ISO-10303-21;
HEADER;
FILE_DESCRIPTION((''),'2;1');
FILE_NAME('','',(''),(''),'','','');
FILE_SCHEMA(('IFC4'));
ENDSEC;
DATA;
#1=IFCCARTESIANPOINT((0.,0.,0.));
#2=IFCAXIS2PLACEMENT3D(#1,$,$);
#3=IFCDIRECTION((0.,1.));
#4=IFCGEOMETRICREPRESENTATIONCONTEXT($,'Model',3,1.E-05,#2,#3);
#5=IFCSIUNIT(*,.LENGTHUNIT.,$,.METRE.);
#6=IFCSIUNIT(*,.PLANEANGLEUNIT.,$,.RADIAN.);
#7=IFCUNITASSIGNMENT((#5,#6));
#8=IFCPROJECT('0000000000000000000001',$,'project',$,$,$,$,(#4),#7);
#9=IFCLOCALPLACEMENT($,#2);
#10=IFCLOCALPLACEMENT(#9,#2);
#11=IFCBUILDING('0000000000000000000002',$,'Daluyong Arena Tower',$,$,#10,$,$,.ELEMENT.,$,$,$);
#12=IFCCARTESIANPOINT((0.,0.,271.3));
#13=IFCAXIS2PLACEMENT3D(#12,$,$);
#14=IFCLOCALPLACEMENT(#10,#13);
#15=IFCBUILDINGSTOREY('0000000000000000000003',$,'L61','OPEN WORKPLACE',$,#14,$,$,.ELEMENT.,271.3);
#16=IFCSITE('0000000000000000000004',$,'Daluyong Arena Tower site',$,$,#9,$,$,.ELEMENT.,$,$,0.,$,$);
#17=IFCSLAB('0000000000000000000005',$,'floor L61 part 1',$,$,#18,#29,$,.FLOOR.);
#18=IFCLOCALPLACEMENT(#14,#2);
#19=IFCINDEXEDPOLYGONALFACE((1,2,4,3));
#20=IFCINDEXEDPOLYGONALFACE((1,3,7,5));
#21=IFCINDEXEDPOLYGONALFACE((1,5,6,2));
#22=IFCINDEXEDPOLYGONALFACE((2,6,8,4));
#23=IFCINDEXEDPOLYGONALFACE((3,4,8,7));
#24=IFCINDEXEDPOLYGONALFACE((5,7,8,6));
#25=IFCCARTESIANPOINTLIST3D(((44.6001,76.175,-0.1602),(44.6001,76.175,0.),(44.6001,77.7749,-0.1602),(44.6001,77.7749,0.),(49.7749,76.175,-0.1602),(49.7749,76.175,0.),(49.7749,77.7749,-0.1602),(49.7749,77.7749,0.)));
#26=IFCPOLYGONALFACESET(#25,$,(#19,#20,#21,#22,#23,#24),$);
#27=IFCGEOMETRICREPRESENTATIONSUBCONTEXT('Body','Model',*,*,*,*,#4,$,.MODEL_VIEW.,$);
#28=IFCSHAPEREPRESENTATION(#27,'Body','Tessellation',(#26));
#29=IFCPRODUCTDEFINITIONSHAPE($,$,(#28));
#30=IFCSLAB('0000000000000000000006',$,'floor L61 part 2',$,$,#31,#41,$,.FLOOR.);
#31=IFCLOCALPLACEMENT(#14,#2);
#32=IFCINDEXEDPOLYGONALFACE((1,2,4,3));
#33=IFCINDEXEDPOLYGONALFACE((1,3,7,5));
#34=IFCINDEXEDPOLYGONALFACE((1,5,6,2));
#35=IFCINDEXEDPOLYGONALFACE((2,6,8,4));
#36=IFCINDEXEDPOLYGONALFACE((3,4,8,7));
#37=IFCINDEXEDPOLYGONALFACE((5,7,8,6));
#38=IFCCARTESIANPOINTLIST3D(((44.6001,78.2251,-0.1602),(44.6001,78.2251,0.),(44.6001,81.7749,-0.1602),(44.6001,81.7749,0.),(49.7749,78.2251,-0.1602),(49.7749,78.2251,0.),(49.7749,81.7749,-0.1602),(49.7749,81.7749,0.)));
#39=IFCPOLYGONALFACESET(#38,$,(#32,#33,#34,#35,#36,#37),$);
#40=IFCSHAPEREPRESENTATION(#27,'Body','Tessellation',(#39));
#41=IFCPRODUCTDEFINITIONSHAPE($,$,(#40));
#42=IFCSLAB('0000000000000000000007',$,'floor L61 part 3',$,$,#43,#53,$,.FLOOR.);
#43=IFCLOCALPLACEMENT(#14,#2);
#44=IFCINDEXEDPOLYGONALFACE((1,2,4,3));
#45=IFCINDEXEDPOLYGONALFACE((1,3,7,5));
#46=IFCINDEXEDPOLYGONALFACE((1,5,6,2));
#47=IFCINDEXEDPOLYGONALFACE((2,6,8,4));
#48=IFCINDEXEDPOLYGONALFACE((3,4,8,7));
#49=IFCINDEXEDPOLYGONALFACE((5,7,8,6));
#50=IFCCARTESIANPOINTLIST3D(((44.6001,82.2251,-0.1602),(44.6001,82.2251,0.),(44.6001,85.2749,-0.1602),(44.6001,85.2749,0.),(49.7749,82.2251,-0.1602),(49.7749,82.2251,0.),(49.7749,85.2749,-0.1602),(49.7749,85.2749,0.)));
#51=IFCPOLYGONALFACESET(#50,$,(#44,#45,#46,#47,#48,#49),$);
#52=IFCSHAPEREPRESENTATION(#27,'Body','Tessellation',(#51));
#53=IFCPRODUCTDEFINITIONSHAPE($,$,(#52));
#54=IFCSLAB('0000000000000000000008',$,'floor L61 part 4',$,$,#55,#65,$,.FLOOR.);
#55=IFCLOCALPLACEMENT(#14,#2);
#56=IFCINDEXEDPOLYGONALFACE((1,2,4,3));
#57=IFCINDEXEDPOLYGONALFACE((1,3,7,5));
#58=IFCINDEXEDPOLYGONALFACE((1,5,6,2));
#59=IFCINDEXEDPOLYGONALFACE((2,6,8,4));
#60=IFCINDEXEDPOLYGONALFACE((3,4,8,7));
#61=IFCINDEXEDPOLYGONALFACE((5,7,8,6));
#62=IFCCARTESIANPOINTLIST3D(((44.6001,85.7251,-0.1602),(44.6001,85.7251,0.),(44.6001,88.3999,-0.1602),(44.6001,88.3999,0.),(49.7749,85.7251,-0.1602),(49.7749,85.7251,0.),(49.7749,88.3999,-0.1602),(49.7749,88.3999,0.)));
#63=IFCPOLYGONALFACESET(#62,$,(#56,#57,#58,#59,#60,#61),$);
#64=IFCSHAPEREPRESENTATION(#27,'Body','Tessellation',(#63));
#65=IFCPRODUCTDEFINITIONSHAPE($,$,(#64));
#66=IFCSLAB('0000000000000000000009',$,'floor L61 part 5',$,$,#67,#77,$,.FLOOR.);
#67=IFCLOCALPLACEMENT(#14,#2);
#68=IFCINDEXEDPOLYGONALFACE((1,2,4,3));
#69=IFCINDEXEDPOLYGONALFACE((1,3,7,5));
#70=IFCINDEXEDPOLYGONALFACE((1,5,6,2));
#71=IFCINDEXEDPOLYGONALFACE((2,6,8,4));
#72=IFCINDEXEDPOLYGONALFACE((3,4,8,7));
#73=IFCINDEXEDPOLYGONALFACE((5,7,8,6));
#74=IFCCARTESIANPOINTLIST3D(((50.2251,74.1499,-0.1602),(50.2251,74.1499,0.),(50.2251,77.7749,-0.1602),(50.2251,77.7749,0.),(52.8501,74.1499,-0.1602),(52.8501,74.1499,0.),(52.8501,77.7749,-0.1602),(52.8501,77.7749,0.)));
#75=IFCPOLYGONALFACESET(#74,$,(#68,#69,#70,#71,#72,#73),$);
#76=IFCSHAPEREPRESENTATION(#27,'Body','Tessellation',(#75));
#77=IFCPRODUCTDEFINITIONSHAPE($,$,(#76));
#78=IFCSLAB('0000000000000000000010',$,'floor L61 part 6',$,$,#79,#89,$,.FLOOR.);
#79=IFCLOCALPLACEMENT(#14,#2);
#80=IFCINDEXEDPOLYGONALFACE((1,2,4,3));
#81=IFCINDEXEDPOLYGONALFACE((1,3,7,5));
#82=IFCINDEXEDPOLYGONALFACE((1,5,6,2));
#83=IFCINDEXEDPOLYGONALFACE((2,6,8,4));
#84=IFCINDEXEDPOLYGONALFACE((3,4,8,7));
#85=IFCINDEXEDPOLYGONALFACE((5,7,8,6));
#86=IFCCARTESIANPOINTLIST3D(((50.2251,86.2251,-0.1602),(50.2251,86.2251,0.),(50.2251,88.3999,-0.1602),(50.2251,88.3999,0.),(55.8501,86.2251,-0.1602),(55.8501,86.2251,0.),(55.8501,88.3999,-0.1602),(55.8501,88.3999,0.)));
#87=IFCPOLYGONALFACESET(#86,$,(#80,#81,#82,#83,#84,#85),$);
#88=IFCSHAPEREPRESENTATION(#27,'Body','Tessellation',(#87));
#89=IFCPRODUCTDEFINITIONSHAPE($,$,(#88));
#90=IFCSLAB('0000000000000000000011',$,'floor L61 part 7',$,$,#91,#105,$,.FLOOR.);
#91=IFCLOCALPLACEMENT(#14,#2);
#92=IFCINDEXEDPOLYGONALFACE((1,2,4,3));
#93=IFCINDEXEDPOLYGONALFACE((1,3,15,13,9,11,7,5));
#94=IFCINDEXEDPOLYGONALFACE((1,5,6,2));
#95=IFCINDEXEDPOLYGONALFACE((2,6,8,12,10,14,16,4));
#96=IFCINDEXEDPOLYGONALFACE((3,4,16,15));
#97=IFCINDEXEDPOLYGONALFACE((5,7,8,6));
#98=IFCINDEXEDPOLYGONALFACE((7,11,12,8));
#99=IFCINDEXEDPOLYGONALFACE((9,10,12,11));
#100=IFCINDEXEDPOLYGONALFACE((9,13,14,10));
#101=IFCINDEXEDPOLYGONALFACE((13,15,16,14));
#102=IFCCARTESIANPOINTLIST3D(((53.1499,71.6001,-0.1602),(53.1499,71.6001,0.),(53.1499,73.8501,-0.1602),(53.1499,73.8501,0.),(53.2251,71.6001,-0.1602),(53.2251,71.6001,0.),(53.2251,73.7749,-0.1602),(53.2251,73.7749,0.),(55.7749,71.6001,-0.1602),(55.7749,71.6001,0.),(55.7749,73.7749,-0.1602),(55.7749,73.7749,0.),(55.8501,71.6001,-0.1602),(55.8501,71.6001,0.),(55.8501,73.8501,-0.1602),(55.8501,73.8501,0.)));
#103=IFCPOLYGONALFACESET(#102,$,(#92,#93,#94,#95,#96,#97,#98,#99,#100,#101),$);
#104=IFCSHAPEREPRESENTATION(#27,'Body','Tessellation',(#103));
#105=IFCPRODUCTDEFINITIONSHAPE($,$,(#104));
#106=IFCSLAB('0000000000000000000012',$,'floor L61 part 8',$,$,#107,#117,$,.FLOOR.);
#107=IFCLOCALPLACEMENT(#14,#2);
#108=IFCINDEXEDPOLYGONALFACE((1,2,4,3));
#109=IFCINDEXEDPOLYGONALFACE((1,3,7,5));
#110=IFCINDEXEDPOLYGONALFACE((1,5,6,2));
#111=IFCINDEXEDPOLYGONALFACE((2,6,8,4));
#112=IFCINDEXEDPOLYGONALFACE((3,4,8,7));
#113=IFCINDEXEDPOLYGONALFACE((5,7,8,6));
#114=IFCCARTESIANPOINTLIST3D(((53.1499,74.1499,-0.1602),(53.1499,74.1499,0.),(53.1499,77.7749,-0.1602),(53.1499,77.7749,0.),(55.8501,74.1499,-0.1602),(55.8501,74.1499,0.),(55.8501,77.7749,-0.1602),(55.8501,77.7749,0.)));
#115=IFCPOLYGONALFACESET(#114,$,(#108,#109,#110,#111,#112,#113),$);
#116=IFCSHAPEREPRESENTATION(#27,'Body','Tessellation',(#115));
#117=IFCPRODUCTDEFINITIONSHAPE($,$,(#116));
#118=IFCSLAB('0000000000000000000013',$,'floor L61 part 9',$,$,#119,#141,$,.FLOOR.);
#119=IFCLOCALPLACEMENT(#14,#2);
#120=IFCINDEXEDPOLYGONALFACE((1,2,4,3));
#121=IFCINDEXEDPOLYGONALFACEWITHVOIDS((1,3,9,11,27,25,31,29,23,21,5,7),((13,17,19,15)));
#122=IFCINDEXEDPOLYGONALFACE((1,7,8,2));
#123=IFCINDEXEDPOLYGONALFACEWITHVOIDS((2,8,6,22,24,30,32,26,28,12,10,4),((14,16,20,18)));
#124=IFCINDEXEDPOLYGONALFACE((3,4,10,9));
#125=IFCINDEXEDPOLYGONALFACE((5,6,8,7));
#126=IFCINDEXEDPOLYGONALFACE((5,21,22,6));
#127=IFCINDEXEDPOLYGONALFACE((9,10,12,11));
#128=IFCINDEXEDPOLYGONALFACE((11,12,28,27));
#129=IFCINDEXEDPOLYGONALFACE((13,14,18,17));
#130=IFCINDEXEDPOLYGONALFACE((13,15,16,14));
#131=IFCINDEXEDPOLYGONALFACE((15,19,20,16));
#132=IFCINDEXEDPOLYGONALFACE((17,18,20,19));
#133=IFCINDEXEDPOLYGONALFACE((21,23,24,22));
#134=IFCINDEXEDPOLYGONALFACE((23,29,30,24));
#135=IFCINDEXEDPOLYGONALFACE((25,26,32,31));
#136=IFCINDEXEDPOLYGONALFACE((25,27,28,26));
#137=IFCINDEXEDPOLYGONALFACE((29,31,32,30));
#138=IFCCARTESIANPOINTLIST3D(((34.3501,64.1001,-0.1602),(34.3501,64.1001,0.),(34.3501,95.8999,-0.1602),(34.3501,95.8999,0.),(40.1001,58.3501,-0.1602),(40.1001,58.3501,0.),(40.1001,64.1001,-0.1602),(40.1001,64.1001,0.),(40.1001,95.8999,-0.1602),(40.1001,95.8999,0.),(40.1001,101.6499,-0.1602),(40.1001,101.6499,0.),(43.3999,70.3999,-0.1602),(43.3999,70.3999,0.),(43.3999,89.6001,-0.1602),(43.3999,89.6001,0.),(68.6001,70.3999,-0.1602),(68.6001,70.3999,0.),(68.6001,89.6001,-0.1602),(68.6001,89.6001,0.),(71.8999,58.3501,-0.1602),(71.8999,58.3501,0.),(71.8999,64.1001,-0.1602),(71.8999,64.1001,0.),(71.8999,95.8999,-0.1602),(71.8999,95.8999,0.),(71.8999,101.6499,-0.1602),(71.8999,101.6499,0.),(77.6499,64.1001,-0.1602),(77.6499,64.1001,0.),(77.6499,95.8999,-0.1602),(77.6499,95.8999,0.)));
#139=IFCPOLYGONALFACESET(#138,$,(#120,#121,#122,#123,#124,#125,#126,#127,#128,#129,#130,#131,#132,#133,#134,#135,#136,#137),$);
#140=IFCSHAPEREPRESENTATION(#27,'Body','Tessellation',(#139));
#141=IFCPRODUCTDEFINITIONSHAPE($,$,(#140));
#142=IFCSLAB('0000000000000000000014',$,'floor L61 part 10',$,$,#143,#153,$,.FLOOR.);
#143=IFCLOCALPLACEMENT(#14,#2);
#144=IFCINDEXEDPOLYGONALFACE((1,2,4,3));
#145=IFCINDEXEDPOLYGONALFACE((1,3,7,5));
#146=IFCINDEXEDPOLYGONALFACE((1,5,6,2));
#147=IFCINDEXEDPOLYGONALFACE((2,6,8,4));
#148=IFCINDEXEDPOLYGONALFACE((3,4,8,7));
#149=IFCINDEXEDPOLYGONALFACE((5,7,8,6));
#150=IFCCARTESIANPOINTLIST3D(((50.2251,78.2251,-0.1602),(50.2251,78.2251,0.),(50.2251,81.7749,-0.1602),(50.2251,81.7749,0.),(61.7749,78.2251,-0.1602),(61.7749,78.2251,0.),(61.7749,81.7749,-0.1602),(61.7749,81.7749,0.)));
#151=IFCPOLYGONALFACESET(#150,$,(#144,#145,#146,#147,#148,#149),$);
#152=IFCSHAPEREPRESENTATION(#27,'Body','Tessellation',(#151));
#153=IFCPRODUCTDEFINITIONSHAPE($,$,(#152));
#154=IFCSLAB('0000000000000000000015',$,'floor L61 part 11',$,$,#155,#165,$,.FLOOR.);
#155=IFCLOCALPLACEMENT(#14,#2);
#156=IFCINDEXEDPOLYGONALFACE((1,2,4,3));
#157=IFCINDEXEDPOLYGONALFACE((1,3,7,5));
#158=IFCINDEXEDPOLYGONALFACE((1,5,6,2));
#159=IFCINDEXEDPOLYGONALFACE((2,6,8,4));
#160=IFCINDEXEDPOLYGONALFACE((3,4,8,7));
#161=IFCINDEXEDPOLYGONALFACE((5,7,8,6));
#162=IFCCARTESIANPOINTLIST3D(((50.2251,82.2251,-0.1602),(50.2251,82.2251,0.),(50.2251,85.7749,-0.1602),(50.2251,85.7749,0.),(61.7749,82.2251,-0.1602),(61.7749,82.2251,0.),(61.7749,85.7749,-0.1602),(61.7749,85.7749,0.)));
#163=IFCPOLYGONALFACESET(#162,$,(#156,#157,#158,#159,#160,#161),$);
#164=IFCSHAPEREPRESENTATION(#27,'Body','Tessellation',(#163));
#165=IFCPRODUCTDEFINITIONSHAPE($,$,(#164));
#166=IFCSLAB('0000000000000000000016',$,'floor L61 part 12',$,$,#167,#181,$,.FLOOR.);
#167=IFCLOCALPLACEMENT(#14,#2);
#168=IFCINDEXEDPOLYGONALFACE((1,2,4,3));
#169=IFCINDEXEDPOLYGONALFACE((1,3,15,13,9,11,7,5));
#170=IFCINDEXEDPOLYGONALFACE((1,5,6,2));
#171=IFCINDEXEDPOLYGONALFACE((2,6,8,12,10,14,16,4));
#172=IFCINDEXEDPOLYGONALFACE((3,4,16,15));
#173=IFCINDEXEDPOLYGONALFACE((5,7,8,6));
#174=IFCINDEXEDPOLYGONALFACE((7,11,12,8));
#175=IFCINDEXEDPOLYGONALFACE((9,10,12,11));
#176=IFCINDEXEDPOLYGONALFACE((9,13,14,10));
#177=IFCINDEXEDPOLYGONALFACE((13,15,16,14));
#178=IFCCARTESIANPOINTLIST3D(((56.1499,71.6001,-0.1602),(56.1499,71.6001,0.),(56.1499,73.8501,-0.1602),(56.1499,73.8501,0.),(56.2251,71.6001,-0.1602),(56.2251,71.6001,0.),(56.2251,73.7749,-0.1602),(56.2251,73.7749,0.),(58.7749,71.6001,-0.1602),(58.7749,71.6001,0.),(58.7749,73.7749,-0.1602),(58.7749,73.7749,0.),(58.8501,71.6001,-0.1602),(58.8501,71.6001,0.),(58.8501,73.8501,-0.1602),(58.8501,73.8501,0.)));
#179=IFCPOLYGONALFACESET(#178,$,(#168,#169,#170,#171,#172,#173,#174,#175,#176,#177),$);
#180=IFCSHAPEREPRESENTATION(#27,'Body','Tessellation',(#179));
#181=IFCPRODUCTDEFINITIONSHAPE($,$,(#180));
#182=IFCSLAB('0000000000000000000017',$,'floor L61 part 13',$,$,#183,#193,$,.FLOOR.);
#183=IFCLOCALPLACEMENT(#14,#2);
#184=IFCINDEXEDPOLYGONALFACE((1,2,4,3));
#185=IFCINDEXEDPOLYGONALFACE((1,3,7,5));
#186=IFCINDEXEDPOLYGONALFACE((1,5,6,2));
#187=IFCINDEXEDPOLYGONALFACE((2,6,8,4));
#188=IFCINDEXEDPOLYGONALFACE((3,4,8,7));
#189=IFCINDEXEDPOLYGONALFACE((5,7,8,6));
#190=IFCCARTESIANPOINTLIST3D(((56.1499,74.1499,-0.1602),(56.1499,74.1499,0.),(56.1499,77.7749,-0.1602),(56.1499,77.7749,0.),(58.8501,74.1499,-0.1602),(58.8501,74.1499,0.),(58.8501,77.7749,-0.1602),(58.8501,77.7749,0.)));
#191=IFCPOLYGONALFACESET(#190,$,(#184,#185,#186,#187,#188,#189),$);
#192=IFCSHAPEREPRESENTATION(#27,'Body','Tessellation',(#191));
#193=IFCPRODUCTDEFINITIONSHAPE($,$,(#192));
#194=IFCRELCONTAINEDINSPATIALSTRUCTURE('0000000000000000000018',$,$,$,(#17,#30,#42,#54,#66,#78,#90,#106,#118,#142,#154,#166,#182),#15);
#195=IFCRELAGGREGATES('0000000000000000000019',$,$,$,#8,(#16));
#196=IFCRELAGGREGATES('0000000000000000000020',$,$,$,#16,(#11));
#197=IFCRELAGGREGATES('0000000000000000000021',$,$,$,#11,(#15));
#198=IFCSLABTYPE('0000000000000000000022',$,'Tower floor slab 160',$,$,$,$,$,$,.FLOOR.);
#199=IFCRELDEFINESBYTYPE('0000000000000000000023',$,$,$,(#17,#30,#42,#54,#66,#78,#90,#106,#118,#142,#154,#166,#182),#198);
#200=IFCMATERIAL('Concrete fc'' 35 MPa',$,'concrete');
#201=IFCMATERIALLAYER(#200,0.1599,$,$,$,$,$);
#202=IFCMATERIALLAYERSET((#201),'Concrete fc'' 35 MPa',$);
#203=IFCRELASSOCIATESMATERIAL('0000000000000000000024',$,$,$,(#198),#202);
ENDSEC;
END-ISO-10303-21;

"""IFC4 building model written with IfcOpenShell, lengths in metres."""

from ifc_helpers import new_model, si_unit, direction, frame, origin, place, context, subcontext, project, spatial, polyline, outline, extrude, material, layer, layer_set, type_object, element, save


model = new_model("IFC4")

# Units and contexts
model_context = context("Model", 3, precision=1e-05, world=origin(), true_north=direction((0.0, 1.0)))
body_context = subcontext(model_context, "Body", "Model", "MODEL_VIEW")
ifc_project = project(units=[si_unit("LENGTHUNIT", "METRE"), si_unit("PLANEANGLEUNIT", "RADIAN")], contexts=[model_context])

# Site, building, storey
site_placement = place(None, origin())
site = spatial("IfcSite", under=ifc_project, at=site_placement, Name="Daluyong Arena Tower site", CompositionType="ELEMENT", RefElevation=0.0)
building_placement = place(site_placement, origin())
building = spatial("IfcBuilding", under=site, at=building_placement, Name="Daluyong Arena Tower", CompositionType="ELEMENT")
storey_placement = place(building_placement, frame((0.0, 0.0, 271.3)))
storey = spatial("IfcBuildingStorey", under=building, at=storey_placement, Name="L61", Description="OPEN WORKPLACE", CompositionType="ELEMENT", Elevation=271.3)

# Slabs
ifc_material_1 = material(Name="Concrete fc' 35 MPa", Category="concrete")
ifc_layer_1 = layer(ifc_material_1, 0.1599)
ifc_layer_set_1 = layer_set([ifc_layer_1], Name="Concrete fc' 35 MPa")
slab_type = type_object("IfcSlabType", Name="Tower floor slab 160", PredefinedType="FLOOR", material=ifc_layer_set_1)
slab_1_placement = place(storey_placement, frame((0.0, 0.0, -0.1602)))
element("IfcSlab", 1, at=slab_1_placement, inside=storey, type_object=slab_type, Name="floor L61 part 1", PredefinedType="FLOOR", context=body_context, shape_type="SweptSolid", body=[
    extrude(outline(polyline([(49.7749, 77.7749), (44.6001, 77.7749), (44.6001, 76.175), (49.7749, 76.175), (49.7749, 77.7749)])), origin(), (0.0, 0.0, 1.0), 0.1602),
])
slab_2_placement = place(storey_placement, frame((0.0, 0.0, -0.1602)))
element("IfcSlab", 2, at=slab_2_placement, inside=storey, type_object=slab_type, Name="floor L61 part 2", PredefinedType="FLOOR", context=body_context, shape_type="SweptSolid", body=[
    extrude(outline(polyline([(49.7749, 78.2251), (49.7749, 81.7749), (44.6001, 81.7749), (44.6001, 78.2251), (49.7749, 78.2251)])), origin(), (0.0, 0.0, 1.0), 0.1602),
])
slab_3_placement = place(storey_placement, frame((0.0, 0.0, -0.1602)))
element("IfcSlab", 3, at=slab_3_placement, inside=storey, type_object=slab_type, Name="floor L61 part 3", PredefinedType="FLOOR", context=body_context, shape_type="SweptSolid", body=[
    extrude(outline(polyline([(44.6001, 85.2749), (44.6001, 82.2251), (49.7749, 82.2251), (49.7749, 85.2749), (44.6001, 85.2749)])), origin(), (0.0, 0.0, 1.0), 0.1602),
])
slab_4_placement = place(storey_placement, frame((0.0, 0.0, -0.1602)))
element("IfcSlab", 4, at=slab_4_placement, inside=storey, type_object=slab_type, Name="floor L61 part 4", PredefinedType="FLOOR", context=body_context, shape_type="SweptSolid", body=[
    extrude(outline(polyline([(44.6001, 88.3999), (44.6001, 85.7251), (49.7749, 85.7251), (49.7749, 88.3999), (44.6001, 88.3999)])), origin(), (0.0, 0.0, 1.0), 0.1602),
])
slab_5_placement = place(storey_placement, frame((0.0, 0.0, -0.1602)))
element("IfcSlab", 5, at=slab_5_placement, inside=storey, type_object=slab_type, Name="floor L61 part 5", PredefinedType="FLOOR", context=body_context, shape_type="SweptSolid", body=[
    extrude(outline(polyline([(52.8501, 74.1499), (52.8501, 77.7749), (50.2251, 77.7749), (50.2251, 74.1499), (52.8501, 74.1499)])), origin(), (0.0, 0.0, 1.0), 0.1602),
])
slab_6_placement = place(storey_placement, frame((0.0, 0.0, -0.1602)))
element("IfcSlab", 6, at=slab_6_placement, inside=storey, type_object=slab_type, Name="floor L61 part 6", PredefinedType="FLOOR", context=body_context, shape_type="SweptSolid", body=[
    extrude(outline(polyline([(50.2251, 88.3999), (50.2251, 86.2251), (55.8501, 86.2251), (55.8501, 88.3999), (50.2251, 88.3999)])), origin(), (0.0, 0.0, 1.0), 0.1602),
])
slab_7_placement = place(storey_placement, frame((0.0, 0.0, -0.1602)))
element("IfcSlab", 7, at=slab_7_placement, inside=storey, type_object=slab_type, Name="floor L61 part 7", PredefinedType="FLOOR", context=body_context, shape_type="SweptSolid", body=[
    extrude(outline(polyline([(53.2251, 71.6001), (53.2251, 73.7749), (55.7749, 73.7749), (55.7749, 71.6001), (55.8501, 71.6001), (55.8501, 73.8501), (53.1499, 73.8501), (53.1499, 71.6001), (53.2251, 71.6001)])), origin(), (0.0, 0.0, 1.0), 0.1602),
])
slab_8_placement = place(storey_placement, frame((0.0, 0.0, -0.1602)))
element("IfcSlab", 8, at=slab_8_placement, inside=storey, type_object=slab_type, Name="floor L61 part 8", PredefinedType="FLOOR", context=body_context, shape_type="SweptSolid", body=[
    extrude(outline(polyline([(53.1499, 74.1499), (55.8501, 74.1499), (55.8501, 77.7749), (53.1499, 77.7749), (53.1499, 74.1499)])), origin(), (0.0, 0.0, 1.0), 0.1602),
])
slab_9_placement = place(storey_placement, frame((0.0, 0.0, -0.1602)))
element("IfcSlab", 9, at=slab_9_placement, inside=storey, type_object=slab_type, Name="floor L61 part 9", PredefinedType="FLOOR", context=body_context, shape_type="SweptSolid", body=[
    extrude(outline(polyline([(40.1001, 64.1001), (40.1001, 58.3501), (71.8999, 58.3501), (71.8999, 64.1001), (77.6499, 64.1001), (77.6499, 95.8999), (71.8999, 95.8999), (71.8999, 101.6499), (40.1001, 101.6499), (40.1001, 95.8999), (34.3501, 95.8999), (34.3501, 64.1001), (40.1001, 64.1001)]), holes=[polyline([(68.6001, 89.6001), (68.6001, 70.3999), (43.3999, 70.3999), (43.3999, 89.6001), (68.6001, 89.6001)])]), origin(), (0.0, 0.0, 1.0), 0.1602),
])
slab_10_placement = place(storey_placement, frame((0.0, 0.0, -0.1602)))
element("IfcSlab", 10, at=slab_10_placement, inside=storey, type_object=slab_type, Name="floor L61 part 10", PredefinedType="FLOOR", context=body_context, shape_type="SweptSolid", body=[
    extrude(outline(polyline([(50.2251, 81.7749), (50.2251, 78.2251), (61.7749, 78.2251), (61.7749, 81.7749), (50.2251, 81.7749)])), origin(), (0.0, 0.0, 1.0), 0.1602),
])
slab_11_placement = place(storey_placement, frame((0.0, 0.0, -0.1602)))
element("IfcSlab", 11, at=slab_11_placement, inside=storey, type_object=slab_type, Name="floor L61 part 11", PredefinedType="FLOOR", context=body_context, shape_type="SweptSolid", body=[
    extrude(outline(polyline([(50.2251, 85.7749), (50.2251, 82.2251), (61.7749, 82.2251), (61.7749, 85.7749), (50.2251, 85.7749)])), origin(), (0.0, 0.0, 1.0), 0.1602),
])
slab_12_placement = place(storey_placement, frame((0.0, 0.0, -0.1602)))
element("IfcSlab", 12, at=slab_12_placement, inside=storey, type_object=slab_type, Name="floor L61 part 12", PredefinedType="FLOOR", context=body_context, shape_type="SweptSolid", body=[
    extrude(outline(polyline([(56.2251, 71.6001), (56.2251, 73.7749), (58.7749, 73.7749), (58.7749, 71.6001), (58.8501, 71.6001), (58.8501, 73.8501), (56.1499, 73.8501), (56.1499, 71.6001), (56.2251, 71.6001)])), origin(), (0.0, 0.0, 1.0), 0.1602),
])
slab_13_placement = place(storey_placement, frame((0.0, 0.0, -0.1602)))
element("IfcSlab", 13, at=slab_13_placement, inside=storey, type_object=slab_type, Name="floor L61 part 13", PredefinedType="FLOOR", context=body_context, shape_type="SweptSolid", body=[
    extrude(outline(polyline([(58.8501, 77.7749), (56.1499, 77.7749), (56.1499, 74.1499), (58.8501, 74.1499), (58.8501, 77.7749)])), origin(), (0.0, 0.0, 1.0), 0.1602),
])

save(model, "model.ifc")
